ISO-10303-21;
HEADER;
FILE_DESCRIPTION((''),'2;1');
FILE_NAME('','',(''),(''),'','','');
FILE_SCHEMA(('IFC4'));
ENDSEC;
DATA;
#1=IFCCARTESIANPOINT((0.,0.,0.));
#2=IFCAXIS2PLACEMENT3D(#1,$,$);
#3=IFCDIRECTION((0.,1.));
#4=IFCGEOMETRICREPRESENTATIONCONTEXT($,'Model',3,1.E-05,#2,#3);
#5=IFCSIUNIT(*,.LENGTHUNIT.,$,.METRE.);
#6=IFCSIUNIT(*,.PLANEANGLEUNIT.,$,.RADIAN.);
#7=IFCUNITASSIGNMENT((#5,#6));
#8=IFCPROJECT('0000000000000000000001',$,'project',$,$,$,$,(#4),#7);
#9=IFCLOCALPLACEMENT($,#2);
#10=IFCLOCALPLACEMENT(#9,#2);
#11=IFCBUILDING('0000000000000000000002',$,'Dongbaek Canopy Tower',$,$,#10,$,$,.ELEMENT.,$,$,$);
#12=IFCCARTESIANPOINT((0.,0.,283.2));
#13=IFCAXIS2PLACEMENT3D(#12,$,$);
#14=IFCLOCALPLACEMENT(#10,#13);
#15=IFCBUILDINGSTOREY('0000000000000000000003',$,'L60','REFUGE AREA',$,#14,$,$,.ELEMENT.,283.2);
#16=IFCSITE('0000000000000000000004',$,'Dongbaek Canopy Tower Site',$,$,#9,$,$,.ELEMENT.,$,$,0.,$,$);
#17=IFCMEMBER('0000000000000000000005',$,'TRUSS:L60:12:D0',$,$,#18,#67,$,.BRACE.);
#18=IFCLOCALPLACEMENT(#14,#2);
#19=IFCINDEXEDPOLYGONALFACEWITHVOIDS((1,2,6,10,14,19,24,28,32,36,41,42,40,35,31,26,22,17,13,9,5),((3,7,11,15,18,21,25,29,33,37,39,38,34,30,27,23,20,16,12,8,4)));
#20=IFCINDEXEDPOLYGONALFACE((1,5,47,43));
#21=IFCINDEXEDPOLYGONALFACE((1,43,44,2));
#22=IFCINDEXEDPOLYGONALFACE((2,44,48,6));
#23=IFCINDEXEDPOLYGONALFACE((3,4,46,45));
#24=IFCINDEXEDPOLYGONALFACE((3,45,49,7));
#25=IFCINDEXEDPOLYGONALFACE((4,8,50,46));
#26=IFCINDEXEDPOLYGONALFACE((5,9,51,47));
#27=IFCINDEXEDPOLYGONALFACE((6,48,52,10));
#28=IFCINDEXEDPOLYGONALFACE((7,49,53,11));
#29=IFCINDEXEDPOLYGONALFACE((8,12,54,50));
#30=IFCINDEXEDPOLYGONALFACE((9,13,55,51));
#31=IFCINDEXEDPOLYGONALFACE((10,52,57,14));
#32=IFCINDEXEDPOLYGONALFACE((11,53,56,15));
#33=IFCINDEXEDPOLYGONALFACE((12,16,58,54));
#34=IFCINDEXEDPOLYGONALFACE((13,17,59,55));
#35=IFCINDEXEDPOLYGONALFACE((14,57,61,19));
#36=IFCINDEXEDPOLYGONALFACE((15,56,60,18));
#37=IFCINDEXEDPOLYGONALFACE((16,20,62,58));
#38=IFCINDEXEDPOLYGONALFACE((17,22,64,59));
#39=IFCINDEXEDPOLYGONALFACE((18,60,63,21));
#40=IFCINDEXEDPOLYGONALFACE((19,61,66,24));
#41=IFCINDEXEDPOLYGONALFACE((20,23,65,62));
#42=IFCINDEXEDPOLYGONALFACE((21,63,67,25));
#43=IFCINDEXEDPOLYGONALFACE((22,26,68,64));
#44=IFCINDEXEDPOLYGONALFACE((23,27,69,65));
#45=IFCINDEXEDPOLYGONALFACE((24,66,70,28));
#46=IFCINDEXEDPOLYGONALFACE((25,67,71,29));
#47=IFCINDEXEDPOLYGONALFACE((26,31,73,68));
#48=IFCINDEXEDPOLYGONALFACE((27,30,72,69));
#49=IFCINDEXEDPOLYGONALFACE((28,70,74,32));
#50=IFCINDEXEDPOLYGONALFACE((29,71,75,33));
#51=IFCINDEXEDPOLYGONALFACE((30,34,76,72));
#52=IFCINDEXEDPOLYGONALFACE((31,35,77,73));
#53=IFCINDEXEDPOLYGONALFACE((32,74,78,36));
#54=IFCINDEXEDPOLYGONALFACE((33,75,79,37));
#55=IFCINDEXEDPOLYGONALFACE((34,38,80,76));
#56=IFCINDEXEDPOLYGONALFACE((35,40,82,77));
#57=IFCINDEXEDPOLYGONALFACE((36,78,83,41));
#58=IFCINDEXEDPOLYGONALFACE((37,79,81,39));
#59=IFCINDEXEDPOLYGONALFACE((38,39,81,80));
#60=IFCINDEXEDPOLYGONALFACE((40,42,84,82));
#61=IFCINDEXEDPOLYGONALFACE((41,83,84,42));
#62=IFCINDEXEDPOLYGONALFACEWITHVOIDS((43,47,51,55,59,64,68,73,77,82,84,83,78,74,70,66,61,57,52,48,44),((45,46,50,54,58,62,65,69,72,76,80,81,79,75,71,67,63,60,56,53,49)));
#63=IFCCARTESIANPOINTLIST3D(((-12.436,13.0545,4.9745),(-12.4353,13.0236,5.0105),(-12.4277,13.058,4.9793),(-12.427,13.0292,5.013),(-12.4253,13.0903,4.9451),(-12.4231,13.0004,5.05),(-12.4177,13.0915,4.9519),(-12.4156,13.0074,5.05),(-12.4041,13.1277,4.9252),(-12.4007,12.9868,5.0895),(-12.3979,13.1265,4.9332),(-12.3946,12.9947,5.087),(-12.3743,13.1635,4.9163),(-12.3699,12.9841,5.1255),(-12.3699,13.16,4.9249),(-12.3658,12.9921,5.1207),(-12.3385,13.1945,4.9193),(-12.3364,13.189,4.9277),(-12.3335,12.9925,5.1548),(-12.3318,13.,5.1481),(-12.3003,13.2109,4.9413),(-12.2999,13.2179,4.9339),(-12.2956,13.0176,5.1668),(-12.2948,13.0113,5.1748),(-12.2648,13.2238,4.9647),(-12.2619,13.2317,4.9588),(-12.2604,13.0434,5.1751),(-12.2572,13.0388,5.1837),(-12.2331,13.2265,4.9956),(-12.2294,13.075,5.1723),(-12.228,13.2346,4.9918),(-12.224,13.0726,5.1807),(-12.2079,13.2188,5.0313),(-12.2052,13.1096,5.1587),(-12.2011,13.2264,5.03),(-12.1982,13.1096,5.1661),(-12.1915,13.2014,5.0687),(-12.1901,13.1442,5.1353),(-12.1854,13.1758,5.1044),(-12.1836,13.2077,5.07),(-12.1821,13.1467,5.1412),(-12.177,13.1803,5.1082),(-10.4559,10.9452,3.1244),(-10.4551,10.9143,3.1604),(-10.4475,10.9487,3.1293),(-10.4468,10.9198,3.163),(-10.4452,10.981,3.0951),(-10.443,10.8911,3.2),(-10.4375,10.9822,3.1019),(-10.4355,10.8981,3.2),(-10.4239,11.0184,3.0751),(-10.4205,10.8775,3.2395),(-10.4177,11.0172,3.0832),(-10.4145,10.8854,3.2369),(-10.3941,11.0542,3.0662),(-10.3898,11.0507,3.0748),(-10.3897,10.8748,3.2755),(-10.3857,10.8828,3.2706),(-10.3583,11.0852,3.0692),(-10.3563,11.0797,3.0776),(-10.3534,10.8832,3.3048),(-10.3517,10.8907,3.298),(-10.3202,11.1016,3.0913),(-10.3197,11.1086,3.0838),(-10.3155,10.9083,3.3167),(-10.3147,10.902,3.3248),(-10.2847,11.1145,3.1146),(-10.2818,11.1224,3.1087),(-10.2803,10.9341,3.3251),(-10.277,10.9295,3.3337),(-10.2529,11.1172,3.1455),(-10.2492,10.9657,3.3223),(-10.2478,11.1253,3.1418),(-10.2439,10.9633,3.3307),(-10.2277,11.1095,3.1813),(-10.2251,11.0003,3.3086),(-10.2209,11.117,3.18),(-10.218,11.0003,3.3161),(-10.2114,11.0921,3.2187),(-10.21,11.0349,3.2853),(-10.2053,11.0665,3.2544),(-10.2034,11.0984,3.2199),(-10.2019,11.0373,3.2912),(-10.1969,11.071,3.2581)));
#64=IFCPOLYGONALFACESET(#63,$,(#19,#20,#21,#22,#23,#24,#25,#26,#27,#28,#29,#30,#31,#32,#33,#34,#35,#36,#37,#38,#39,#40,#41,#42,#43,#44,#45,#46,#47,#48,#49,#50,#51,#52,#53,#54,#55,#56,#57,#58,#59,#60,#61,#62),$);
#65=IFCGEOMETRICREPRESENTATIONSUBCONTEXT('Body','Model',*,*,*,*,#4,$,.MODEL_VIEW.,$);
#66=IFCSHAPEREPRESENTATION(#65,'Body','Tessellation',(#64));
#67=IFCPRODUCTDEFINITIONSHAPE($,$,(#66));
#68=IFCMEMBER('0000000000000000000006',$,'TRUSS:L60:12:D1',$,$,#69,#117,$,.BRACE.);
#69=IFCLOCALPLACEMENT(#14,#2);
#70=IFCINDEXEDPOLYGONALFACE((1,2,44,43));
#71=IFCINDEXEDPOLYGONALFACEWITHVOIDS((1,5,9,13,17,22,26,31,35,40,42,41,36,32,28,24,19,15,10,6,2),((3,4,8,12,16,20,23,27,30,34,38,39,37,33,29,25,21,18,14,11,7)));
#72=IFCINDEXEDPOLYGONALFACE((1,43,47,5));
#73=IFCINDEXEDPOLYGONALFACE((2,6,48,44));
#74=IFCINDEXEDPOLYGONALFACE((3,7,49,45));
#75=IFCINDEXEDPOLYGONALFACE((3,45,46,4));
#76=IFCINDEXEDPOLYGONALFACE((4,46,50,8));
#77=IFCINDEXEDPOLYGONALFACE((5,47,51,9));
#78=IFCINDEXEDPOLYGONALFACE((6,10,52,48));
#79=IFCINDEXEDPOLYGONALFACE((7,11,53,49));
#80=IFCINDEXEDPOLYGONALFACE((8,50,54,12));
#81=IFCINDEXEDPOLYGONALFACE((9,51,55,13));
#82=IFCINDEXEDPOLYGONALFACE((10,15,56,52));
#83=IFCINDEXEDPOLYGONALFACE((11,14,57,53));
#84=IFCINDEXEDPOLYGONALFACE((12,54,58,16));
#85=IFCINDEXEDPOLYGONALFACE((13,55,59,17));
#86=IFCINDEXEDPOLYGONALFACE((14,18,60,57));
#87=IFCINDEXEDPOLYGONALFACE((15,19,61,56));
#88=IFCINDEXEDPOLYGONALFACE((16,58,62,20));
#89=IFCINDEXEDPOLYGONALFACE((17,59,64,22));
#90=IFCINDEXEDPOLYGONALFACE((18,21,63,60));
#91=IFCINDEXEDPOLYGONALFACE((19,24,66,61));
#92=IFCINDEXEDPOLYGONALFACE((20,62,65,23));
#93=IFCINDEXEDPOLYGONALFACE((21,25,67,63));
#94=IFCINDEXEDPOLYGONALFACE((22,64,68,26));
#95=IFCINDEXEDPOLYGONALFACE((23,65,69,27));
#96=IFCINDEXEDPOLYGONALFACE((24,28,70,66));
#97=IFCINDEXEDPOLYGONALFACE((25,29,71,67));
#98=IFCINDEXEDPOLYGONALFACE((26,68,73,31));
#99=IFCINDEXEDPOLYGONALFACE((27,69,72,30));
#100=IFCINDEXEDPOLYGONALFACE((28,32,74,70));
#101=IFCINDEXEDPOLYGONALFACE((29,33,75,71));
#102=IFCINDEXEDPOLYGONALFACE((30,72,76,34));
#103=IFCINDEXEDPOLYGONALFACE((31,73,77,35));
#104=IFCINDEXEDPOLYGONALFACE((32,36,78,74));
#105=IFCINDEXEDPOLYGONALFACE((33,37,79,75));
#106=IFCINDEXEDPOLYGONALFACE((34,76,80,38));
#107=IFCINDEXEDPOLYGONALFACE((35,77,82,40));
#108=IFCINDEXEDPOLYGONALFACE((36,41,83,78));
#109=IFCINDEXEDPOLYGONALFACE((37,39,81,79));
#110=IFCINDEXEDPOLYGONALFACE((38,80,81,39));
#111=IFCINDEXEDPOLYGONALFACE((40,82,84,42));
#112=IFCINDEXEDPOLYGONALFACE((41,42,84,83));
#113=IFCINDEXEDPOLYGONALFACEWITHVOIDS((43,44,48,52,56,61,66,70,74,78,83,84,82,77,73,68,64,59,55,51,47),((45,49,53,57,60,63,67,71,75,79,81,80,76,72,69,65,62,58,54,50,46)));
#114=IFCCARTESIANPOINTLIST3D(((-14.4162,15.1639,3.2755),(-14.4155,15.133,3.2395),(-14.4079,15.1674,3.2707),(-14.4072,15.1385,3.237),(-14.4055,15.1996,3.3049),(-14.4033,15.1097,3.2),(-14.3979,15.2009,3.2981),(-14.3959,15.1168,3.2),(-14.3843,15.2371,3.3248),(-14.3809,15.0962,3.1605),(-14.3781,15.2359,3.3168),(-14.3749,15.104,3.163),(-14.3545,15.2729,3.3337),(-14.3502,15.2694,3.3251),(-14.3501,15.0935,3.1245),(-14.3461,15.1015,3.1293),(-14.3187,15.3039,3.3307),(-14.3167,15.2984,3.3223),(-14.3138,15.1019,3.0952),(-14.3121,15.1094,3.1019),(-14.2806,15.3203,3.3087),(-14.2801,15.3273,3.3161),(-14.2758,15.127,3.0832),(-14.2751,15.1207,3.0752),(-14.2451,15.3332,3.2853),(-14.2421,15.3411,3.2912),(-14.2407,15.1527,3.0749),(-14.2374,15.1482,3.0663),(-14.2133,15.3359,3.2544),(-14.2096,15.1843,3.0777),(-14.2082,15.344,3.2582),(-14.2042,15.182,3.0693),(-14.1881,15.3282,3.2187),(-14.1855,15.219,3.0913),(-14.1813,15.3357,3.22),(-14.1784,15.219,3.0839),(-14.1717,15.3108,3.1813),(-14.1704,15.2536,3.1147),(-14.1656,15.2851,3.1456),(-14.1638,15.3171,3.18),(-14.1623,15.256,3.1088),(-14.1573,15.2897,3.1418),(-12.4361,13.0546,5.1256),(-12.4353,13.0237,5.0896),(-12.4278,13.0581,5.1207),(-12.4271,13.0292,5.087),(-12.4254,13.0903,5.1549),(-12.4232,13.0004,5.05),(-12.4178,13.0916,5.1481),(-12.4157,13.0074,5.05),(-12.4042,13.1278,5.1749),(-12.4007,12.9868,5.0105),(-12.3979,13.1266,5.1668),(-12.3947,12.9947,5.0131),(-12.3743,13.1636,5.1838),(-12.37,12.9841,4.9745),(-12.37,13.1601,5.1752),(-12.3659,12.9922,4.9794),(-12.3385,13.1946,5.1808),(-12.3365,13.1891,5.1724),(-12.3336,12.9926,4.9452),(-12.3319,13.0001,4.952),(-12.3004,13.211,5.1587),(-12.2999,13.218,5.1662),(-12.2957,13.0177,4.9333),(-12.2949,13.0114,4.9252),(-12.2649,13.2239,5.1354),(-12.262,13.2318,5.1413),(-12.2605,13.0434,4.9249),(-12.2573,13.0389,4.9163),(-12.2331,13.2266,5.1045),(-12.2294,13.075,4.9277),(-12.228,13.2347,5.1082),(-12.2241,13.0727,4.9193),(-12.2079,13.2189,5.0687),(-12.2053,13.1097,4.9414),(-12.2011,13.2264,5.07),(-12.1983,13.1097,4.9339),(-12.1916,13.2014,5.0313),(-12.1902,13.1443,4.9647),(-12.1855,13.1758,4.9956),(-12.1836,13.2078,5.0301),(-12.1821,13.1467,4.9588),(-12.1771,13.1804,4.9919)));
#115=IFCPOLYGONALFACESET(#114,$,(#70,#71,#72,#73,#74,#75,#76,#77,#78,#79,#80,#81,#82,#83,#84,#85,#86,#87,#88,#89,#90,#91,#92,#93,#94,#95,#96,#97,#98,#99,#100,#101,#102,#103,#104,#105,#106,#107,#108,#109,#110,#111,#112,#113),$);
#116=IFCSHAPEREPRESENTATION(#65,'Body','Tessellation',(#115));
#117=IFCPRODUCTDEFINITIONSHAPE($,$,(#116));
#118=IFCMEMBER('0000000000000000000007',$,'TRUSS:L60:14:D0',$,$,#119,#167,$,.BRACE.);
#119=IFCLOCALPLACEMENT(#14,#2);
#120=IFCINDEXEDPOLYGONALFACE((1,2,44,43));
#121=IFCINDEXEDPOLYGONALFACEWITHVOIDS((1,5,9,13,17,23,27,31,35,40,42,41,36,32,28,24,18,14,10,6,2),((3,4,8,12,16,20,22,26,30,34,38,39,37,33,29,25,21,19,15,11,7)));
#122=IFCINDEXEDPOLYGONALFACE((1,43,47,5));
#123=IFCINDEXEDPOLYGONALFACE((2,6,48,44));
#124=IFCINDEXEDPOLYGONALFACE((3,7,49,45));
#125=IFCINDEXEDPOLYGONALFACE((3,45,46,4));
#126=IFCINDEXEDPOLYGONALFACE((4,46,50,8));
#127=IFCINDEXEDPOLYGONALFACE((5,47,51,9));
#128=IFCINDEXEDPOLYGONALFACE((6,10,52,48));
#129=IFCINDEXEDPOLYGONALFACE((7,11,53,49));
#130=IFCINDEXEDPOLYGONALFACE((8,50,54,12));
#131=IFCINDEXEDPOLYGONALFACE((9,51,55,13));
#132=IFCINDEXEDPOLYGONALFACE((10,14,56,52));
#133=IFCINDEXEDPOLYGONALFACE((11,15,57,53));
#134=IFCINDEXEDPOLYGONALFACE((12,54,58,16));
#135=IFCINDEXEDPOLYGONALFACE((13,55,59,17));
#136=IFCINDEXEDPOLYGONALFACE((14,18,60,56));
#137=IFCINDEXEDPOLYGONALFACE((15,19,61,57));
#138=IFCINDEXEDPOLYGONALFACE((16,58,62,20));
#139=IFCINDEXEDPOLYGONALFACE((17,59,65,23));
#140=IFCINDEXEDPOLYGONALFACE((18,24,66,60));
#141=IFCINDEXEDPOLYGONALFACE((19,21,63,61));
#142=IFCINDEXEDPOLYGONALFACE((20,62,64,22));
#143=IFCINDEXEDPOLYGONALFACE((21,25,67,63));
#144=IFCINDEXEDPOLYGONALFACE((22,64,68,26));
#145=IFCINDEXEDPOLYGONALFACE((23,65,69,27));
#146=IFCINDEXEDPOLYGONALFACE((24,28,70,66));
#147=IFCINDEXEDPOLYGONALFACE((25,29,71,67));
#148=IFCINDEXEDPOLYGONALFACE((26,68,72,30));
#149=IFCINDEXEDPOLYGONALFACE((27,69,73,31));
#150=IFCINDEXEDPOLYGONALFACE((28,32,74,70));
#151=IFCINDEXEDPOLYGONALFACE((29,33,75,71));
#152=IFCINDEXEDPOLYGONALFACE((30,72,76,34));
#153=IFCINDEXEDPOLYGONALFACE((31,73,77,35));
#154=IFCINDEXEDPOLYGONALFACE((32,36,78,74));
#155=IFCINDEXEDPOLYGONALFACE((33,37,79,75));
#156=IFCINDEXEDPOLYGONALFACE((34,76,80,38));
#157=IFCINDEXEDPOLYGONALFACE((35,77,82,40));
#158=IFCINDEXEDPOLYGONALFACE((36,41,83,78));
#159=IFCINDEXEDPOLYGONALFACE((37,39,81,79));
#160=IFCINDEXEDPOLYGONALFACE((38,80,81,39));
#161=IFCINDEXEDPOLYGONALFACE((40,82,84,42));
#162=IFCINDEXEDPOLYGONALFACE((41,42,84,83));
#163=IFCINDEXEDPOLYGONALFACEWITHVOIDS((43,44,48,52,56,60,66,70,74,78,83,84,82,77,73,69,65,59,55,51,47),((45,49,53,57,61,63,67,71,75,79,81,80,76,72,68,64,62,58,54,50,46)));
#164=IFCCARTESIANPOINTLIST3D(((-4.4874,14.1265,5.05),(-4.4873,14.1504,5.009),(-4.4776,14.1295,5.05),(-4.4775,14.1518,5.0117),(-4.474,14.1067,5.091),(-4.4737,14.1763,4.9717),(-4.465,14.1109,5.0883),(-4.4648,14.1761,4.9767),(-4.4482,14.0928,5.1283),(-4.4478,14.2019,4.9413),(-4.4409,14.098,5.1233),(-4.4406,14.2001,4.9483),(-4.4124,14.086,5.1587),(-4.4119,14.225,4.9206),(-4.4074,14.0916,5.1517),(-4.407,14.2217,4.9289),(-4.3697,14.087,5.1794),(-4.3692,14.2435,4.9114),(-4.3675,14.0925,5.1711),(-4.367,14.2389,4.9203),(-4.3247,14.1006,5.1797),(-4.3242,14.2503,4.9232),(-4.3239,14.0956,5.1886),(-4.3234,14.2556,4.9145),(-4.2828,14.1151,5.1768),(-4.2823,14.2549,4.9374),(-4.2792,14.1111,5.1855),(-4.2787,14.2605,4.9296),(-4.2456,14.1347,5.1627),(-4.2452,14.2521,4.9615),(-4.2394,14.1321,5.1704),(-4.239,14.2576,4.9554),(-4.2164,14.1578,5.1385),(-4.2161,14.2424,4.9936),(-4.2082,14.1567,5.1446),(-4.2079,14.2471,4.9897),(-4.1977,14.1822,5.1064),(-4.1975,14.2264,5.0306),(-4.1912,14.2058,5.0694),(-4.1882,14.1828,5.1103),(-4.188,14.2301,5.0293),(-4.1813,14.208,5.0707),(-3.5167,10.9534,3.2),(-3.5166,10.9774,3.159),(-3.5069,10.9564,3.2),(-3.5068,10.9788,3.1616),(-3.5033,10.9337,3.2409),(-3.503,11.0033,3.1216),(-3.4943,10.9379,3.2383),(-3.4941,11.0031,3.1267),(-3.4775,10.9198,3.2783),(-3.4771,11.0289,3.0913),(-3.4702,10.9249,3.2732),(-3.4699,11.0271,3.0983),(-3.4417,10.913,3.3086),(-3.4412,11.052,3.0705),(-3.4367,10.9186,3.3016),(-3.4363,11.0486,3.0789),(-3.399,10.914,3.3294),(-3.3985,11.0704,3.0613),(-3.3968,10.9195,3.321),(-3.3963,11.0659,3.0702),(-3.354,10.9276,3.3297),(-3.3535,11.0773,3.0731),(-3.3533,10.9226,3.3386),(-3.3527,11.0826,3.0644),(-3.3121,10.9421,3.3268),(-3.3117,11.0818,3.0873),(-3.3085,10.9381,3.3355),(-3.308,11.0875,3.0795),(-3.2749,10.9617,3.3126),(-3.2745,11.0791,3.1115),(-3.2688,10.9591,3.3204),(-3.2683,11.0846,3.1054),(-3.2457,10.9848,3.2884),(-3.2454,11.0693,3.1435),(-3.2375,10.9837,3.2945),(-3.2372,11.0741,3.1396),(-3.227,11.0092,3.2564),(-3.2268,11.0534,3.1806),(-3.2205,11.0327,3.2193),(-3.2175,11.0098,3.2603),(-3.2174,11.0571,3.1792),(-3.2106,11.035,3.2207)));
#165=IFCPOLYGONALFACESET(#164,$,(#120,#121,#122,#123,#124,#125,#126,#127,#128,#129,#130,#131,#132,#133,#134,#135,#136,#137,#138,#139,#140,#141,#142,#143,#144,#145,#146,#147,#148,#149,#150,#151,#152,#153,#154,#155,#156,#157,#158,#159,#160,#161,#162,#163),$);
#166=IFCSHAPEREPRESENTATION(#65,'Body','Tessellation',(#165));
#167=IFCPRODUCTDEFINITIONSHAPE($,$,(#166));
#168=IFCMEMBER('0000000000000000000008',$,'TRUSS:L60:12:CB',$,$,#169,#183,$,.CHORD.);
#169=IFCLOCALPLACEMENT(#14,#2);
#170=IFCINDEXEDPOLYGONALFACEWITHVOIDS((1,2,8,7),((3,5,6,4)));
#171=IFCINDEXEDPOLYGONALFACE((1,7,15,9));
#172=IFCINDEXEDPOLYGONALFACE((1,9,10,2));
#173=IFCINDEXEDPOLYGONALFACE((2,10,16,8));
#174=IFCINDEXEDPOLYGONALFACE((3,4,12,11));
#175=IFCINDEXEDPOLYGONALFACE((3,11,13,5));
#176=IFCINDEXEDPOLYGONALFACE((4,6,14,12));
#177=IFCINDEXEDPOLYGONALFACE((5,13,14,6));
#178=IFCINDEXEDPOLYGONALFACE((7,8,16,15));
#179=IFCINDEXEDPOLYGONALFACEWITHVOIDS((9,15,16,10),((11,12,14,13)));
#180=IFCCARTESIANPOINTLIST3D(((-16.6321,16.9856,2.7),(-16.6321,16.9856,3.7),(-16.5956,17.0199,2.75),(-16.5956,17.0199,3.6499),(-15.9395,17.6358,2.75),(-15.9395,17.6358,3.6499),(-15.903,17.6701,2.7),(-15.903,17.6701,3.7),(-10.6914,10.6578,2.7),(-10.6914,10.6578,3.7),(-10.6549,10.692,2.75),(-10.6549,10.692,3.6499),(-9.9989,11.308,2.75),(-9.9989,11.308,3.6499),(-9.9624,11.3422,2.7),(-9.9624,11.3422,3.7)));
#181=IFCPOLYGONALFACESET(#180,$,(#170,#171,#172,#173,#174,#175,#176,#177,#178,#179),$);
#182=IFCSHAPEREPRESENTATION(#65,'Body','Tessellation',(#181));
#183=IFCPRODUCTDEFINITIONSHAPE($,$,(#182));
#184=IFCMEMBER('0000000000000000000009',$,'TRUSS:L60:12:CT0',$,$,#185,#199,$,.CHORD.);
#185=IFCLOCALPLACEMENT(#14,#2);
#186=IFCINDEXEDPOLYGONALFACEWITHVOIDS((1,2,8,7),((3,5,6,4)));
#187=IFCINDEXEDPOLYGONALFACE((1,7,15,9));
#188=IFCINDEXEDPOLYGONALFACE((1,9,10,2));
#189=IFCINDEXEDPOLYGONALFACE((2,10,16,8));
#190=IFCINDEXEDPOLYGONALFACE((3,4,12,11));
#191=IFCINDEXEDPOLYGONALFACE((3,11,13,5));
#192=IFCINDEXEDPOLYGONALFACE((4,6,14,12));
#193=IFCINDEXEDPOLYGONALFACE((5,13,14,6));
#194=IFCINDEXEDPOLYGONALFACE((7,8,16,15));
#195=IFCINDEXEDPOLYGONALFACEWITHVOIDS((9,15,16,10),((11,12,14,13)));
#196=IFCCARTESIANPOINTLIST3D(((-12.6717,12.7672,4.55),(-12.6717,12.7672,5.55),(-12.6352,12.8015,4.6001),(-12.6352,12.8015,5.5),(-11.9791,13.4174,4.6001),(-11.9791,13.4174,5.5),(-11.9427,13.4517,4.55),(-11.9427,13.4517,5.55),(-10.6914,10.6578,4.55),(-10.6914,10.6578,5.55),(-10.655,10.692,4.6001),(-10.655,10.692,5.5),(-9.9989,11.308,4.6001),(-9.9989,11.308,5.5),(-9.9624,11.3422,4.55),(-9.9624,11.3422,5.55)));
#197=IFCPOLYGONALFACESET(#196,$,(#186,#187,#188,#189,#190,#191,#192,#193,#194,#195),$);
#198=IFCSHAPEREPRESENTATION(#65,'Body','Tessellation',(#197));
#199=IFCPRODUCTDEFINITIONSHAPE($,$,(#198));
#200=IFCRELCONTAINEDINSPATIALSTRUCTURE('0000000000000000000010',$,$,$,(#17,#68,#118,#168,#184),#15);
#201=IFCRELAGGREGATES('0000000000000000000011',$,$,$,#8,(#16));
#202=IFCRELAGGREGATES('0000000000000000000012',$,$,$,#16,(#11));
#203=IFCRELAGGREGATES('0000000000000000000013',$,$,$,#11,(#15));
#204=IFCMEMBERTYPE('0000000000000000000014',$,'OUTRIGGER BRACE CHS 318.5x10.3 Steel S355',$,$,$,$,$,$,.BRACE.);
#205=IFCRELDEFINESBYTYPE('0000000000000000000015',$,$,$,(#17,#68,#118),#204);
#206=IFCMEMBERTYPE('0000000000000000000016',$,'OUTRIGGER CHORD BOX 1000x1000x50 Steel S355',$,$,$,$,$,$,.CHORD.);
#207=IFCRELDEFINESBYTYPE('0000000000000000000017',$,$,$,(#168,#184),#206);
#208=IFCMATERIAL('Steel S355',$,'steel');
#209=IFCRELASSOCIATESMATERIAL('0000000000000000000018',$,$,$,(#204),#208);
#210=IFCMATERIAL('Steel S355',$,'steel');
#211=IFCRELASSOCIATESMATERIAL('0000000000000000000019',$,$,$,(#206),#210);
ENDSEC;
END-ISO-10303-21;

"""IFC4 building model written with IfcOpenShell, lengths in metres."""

from ifc_helpers import new_model, si_unit, direction, frame, origin, origin_2d, place, context, subcontext, project, spatial, hollow_rectangle, hollow_circle, extrude, material, material_profile, profile_set, type_object, element, save


model = new_model("IFC4")

# Units and contexts
model_context = context("Model", 3, precision=1e-05, world=origin(), true_north=direction((0.0, 1.0)))
body_context = subcontext(model_context, "Body", "Model", "MODEL_VIEW")
ifc_project = project(units=[si_unit("LENGTHUNIT", "METRE"), si_unit("PLANEANGLEUNIT", "RADIAN")], contexts=[model_context])

# Site, building, storey
site_placement = place(None, origin())
site = spatial("IfcSite", under=ifc_project, at=site_placement, Name="Dongbaek Canopy Tower Site", CompositionType="ELEMENT", RefElevation=0.0)
building_placement = place(site_placement, origin())
building = spatial("IfcBuilding", under=site, at=building_placement, Name="Dongbaek Canopy Tower", CompositionType="ELEMENT")
storey_placement = place(building_placement, frame((0.0, 0.0, 283.2)))
storey = spatial("IfcBuildingStorey", under=building, at=storey_placement, Name="L60", Description="REFUGE AREA", CompositionType="ELEMENT", Elevation=283.2)

# Members
ifc_material_1 = material(Name="Steel S355", Category="steel")
ifc_material_profile_1 = material_profile(ifc_material_1, hollow_circle(Radius=0.1592, WallThickness=0.0103, at=origin_2d()), Name="OUTRIGGER BRACE CHS 318.5x10.3 Steel S355")
ifc_profile_set_1 = profile_set([ifc_material_profile_1], Name="Steel S355")
member_type_1 = type_object("IfcMemberType", Name="OUTRIGGER BRACE CHS 318.5x10.3 Steel S355", PredefinedType="BRACE", material=ifc_profile_set_1)
for number, where, z_axis, x_axis, name in (
    (1, (-10.3269, 11.0, 3.2), (-0.576622, 0.614229, 0.53873), (-0.729074, -0.684435, 0.0), "TRUSS:L60:12:D0"),
    (2, (-12.3071, 13.1094, 5.05), (-0.576622, 0.614229, -0.53873), (-0.729074, -0.684435, 0.0), "TRUSS:L60:12:D1"),
):
    element("IfcMember", number, at=place(storey_placement, frame(where, z_axis=z_axis, x_axis=x_axis)), inside=storey, type_object=member_type_1, Name=name, PredefinedType="BRACE", context=body_context, shape_type="SweptSolid", body=[
        extrude(hollow_circle(Radius=0.1592, WallThickness=0.0103, at=origin_2d()), origin(), (0.0, 0.0, 1.0), 3.4341),
    ])
member_1_placement = place(storey_placement, frame((-3.3645, 11.0, 3.2), z_axis=(-0.255504, 0.835208, 0.486975), x_axis=(-0.956255, -0.292534, 0.0)))
element("IfcMember", 3, at=member_1_placement, inside=storey, type_object=member_type_1, Name="TRUSS:L60:14:D0", PredefinedType="BRACE", context=body_context, shape_type="SweptSolid", body=[
    extrude(hollow_circle(Radius=0.1592, WallThickness=0.0103, at=origin_2d()), origin(), (0.0, 0.0, 1.0), 3.7991),
])
ifc_material_2 = material(Name="Steel S355", Category="steel")
ifc_material_profile_2 = material_profile(ifc_material_2, hollow_rectangle(XDim=1.0, YDim=1.0, WallThickness=0.05, at=origin_2d()), Name="OUTRIGGER CHORD BOX 1000x1000x50 Steel S355")
ifc_profile_set_2 = profile_set([ifc_material_profile_2], Name="Steel S355")
member_type_2 = type_object("IfcMemberType", Name="OUTRIGGER CHORD BOX 1000x1000x50 Steel S355", PredefinedType="CHORD", material=ifc_profile_set_2)
member_2_placement = place(storey_placement, frame((-10.3269, 11.0, 3.2), z_axis=(-0.684449, 0.729061, 0.0), x_axis=(-0.729061, -0.684449, 0.0)))
element("IfcMember", 4, at=member_2_placement, inside=storey, type_object=member_type_2, Name="TRUSS:L60:12:CB", PredefinedType="CHORD", context=body_context, shape_type="SweptSolid", body=[
    extrude(hollow_rectangle(XDim=1.0, YDim=1.0, WallThickness=0.05, at=origin_2d()), origin(), (0.0, 0.0, 1.0), 8.6794),
])
for number, where, z_axis, x_axis, name in (
    (5, (-10.3269, 11.0, 5.05), (-0.684435, 0.729074, 0.0), (-0.729074, -0.684435, 0.0), "TRUSS:L60:12:CT0"),
):
    element("IfcMember", number, at=place(storey_placement, frame(where, z_axis=z_axis, x_axis=x_axis)), inside=storey, type_object=member_type_2, Name=name, PredefinedType="CHORD", context=body_context, shape_type="SweptSolid", body=[
        extrude(hollow_rectangle(XDim=1.0, YDim=1.0, WallThickness=0.05, at=origin_2d()), origin(), (0.0, 0.0, 1.0), 2.8933),
    ])

save(model, "model.ifc")
